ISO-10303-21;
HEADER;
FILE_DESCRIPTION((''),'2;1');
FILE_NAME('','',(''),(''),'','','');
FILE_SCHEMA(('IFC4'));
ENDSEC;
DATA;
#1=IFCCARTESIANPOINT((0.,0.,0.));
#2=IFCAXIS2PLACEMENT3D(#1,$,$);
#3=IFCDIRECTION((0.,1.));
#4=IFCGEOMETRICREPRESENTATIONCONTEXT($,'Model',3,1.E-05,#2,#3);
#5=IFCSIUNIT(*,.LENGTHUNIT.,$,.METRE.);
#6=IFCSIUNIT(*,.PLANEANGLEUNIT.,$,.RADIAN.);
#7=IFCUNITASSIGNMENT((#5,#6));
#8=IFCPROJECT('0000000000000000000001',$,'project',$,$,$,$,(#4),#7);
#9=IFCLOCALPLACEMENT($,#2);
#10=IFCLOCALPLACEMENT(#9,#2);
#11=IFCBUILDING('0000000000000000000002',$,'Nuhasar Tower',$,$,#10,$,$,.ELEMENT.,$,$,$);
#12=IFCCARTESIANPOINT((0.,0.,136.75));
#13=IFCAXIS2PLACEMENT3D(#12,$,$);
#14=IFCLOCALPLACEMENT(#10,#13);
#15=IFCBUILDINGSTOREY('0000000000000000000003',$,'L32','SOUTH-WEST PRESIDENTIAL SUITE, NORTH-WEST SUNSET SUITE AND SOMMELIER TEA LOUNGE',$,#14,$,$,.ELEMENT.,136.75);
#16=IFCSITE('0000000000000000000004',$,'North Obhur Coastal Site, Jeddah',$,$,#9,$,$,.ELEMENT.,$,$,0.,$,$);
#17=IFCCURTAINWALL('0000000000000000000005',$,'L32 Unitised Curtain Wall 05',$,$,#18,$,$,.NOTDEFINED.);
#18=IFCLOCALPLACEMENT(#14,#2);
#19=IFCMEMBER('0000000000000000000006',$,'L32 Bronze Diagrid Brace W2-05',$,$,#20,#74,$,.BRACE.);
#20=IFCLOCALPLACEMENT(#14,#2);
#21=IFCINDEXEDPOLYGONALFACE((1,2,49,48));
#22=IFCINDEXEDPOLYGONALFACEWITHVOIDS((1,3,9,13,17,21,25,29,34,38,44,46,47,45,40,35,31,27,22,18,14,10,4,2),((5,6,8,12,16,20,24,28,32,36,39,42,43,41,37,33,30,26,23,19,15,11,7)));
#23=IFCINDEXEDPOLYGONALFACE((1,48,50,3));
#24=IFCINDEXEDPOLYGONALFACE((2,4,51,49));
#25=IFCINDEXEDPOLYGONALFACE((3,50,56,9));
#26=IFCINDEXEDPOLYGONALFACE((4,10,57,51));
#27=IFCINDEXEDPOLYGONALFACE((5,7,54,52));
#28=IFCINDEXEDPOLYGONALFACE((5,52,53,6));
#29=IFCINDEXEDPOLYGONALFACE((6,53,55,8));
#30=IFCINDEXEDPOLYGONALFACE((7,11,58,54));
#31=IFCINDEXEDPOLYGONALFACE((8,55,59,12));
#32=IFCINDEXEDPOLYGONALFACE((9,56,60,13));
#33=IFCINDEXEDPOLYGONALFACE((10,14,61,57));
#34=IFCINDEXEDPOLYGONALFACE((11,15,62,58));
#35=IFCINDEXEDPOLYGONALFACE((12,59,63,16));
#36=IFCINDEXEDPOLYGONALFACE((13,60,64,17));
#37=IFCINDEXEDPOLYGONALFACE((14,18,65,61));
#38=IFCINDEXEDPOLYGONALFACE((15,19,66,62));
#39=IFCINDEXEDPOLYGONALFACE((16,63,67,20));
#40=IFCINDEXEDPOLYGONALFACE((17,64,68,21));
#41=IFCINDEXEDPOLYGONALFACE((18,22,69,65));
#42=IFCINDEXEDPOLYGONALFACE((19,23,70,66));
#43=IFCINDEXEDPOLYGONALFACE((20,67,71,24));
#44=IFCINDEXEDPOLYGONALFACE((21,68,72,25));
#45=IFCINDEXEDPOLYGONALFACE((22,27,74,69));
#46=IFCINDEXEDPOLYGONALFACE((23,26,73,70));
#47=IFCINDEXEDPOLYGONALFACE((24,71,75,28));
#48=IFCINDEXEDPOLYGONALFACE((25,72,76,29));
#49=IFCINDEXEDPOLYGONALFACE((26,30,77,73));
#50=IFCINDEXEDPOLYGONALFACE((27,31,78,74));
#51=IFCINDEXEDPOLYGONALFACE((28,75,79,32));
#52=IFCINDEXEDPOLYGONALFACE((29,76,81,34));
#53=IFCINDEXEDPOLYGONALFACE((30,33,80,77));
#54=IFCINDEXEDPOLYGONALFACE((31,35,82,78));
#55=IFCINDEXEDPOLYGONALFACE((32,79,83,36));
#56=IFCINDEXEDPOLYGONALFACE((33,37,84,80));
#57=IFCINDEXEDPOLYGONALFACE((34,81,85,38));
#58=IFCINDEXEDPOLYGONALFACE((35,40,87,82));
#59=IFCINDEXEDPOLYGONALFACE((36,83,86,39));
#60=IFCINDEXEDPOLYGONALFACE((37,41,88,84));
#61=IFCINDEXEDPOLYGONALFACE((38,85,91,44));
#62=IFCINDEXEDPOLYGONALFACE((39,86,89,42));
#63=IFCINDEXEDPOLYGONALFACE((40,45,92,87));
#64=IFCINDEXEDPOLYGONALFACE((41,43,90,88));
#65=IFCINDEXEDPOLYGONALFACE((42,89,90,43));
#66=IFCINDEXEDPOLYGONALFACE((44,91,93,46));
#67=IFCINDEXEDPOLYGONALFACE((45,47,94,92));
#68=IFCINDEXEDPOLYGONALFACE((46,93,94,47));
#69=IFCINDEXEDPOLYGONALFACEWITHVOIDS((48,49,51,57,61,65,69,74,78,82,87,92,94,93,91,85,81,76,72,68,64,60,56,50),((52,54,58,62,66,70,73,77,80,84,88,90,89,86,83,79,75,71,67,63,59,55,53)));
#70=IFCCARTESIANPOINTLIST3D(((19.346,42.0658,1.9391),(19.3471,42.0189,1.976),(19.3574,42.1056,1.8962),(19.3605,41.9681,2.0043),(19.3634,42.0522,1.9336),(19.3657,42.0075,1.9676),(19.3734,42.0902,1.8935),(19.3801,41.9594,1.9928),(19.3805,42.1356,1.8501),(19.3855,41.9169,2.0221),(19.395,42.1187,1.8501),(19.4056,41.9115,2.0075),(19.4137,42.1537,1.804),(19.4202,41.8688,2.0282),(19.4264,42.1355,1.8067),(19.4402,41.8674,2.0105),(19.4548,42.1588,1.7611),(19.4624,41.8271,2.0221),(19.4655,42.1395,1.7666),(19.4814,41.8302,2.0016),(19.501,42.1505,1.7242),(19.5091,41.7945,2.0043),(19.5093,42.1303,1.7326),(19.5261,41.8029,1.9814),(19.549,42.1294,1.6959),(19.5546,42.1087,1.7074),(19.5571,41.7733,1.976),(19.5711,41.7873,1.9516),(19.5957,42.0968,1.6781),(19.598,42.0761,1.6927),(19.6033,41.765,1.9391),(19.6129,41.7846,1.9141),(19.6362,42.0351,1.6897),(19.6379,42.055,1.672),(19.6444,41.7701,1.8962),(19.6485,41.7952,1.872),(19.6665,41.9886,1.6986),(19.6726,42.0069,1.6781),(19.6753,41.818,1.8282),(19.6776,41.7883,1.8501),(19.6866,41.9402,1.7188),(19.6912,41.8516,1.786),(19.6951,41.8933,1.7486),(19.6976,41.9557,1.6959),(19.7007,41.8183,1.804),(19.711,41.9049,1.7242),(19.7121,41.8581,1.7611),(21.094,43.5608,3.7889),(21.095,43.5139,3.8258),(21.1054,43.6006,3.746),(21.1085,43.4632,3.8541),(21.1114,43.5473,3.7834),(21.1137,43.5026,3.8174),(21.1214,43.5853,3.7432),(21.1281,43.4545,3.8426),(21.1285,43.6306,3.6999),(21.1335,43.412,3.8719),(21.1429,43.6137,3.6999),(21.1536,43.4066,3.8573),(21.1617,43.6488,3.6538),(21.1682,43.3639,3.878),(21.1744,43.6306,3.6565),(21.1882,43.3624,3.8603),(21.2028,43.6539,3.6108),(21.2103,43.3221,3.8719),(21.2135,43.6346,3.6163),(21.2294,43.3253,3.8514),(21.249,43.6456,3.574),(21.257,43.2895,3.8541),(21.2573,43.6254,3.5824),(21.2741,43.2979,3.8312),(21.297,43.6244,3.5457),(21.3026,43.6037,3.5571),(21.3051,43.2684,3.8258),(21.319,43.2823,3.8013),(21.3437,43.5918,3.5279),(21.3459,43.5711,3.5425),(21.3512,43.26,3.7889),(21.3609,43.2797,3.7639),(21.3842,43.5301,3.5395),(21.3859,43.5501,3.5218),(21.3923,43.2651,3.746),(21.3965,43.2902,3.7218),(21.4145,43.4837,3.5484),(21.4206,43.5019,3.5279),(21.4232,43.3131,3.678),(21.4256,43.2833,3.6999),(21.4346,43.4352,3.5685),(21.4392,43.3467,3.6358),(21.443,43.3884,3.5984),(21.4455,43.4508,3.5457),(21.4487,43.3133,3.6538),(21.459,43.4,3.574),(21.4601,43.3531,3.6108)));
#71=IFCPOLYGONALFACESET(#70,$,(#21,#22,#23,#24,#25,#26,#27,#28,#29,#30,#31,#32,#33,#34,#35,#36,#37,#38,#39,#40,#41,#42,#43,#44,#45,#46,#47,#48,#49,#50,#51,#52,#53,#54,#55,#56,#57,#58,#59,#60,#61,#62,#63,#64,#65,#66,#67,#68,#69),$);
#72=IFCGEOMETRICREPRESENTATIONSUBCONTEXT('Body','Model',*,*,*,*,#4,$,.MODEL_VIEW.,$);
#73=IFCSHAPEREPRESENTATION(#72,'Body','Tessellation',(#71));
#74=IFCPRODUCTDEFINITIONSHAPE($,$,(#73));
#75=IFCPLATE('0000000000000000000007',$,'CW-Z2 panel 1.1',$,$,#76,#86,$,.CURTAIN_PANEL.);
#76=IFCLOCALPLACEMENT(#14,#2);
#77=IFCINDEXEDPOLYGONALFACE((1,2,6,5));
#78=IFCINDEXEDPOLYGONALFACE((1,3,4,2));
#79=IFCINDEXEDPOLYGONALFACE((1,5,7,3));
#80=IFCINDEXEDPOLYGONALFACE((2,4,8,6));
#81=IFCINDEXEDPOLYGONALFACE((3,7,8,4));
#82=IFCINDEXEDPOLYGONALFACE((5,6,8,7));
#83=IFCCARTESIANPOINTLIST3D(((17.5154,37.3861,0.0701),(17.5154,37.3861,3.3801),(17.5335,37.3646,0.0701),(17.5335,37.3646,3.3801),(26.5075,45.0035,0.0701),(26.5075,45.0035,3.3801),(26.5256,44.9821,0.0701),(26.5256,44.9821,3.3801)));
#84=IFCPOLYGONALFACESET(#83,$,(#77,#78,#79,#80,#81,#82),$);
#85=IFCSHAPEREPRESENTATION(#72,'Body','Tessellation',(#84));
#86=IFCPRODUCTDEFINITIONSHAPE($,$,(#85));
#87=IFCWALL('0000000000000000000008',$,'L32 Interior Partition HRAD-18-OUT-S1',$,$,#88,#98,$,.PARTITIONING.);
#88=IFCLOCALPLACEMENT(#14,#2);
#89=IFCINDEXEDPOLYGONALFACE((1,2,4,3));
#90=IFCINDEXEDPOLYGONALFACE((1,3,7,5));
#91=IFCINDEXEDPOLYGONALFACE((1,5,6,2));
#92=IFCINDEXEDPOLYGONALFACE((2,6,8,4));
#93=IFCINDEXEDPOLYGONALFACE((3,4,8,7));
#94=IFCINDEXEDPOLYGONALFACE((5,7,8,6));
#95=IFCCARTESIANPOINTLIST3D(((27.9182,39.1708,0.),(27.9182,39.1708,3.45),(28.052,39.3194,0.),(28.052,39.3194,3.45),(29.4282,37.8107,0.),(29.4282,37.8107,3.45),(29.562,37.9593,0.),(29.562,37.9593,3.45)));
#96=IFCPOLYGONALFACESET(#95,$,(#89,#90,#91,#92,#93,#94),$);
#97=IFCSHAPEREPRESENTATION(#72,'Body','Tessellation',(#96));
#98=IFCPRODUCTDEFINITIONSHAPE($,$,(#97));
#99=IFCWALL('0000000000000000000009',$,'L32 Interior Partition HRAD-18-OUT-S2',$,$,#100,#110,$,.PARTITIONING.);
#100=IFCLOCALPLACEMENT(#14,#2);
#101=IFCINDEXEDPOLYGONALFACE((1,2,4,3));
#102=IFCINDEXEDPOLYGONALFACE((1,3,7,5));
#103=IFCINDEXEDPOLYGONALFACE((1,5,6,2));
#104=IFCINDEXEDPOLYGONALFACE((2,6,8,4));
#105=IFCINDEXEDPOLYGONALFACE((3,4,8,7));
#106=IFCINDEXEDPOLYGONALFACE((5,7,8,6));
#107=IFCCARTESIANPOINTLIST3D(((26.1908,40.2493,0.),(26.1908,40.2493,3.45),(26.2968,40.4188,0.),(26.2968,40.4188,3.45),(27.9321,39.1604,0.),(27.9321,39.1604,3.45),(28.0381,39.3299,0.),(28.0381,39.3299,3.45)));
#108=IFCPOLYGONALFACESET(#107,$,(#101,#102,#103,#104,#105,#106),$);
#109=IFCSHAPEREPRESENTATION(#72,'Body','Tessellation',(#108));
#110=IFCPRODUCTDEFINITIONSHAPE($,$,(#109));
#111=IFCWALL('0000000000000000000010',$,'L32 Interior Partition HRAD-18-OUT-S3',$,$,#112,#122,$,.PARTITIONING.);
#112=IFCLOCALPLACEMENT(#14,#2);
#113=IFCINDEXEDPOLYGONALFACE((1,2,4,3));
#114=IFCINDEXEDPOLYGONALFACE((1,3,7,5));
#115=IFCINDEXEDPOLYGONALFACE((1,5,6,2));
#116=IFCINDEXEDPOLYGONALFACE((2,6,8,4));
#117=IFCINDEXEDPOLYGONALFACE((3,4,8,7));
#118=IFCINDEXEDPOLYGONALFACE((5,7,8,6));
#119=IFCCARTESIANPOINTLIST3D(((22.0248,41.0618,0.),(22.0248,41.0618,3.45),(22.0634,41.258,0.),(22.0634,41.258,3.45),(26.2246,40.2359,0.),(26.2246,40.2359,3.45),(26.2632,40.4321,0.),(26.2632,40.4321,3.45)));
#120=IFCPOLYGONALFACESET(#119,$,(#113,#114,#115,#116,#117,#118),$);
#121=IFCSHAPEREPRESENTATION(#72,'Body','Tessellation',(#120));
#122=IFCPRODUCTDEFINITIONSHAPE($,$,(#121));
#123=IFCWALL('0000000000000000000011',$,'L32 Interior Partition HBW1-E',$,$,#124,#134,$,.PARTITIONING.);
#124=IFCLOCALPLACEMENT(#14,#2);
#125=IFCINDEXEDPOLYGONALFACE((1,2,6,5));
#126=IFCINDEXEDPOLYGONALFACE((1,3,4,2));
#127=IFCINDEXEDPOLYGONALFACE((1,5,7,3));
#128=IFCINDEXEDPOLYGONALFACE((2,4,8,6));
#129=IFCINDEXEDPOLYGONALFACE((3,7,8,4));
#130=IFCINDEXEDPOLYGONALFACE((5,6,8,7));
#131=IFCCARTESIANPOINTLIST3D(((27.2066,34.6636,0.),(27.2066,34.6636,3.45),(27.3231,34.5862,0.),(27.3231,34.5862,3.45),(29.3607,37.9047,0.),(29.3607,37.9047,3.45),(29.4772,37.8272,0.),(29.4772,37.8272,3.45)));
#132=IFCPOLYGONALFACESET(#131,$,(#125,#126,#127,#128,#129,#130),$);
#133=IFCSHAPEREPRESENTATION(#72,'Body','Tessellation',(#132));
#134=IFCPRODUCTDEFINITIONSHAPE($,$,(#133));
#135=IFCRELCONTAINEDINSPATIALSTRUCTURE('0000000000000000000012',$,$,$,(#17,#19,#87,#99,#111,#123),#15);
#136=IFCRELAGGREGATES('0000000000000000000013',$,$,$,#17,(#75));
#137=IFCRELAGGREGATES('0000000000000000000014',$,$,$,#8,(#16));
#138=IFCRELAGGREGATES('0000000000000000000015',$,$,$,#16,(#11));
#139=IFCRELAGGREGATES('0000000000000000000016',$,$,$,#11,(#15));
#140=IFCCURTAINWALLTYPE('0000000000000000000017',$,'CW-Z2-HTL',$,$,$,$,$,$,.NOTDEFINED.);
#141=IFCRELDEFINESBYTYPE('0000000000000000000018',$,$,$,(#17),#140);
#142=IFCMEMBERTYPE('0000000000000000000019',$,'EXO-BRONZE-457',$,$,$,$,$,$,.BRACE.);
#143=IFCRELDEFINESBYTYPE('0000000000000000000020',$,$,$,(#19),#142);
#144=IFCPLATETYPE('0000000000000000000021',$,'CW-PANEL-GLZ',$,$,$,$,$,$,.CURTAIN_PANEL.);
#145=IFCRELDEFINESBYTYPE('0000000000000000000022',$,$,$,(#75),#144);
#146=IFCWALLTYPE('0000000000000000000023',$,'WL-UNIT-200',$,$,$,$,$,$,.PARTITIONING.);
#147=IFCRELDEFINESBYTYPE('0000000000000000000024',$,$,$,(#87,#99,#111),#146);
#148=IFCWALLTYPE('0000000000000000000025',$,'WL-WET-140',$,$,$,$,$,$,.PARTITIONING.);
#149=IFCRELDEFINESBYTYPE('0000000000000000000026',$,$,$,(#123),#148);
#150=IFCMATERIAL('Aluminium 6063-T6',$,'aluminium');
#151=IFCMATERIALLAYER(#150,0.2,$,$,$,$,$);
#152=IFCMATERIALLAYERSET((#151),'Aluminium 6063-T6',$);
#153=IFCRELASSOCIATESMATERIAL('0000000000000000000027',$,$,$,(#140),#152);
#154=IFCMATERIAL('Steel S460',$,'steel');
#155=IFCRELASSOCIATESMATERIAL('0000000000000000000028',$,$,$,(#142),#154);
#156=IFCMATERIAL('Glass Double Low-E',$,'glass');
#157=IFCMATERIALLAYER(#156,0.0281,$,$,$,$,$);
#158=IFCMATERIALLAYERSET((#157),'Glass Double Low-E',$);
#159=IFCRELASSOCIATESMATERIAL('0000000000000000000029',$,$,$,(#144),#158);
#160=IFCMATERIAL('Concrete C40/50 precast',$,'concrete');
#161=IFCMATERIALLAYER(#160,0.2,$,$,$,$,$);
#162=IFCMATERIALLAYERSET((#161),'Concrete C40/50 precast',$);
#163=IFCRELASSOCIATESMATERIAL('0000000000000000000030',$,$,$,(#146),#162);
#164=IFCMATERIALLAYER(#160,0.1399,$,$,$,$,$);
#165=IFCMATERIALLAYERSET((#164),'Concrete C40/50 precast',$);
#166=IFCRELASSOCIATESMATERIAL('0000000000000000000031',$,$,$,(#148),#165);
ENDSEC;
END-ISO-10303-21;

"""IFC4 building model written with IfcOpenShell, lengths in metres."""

from ifc_helpers import new_model, si_unit, direction, frame, frame_2d, origin, origin_2d, place, context, subcontext, project, spatial, rectangle, hollow_circle, extrude, material, layer, layer_set, material_profile, profile_set, type_object, element, aggregate, save


model = new_model("IFC4")

# Units and contexts
model_context = context("Model", 3, precision=1e-05, world=origin(), true_north=direction((0.0, 1.0)))
body_context = subcontext(model_context, "Body", "Model", "MODEL_VIEW")
ifc_project = project(units=[si_unit("LENGTHUNIT", "METRE"), si_unit("PLANEANGLEUNIT", "RADIAN")], contexts=[model_context])

# Site, building, storey
site_placement = place(None, origin())
site = spatial("IfcSite", under=ifc_project, at=site_placement, Name="North Obhur Coastal Site, Jeddah", CompositionType="ELEMENT", RefElevation=0.0)
building_placement = place(site_placement, origin())
building = spatial("IfcBuilding", under=site, at=building_placement, Name="Nuhasar Tower", CompositionType="ELEMENT")
storey_placement = place(building_placement, frame((0.0, 0.0, 136.75)))
storey = spatial("IfcBuildingStorey", under=building, at=storey_placement, Name="L32", Description="SOUTH-WEST PRESIDENTIAL SUITE, NORTH-WEST SUNSET SUITE AND SOMMELIER TEA LOUNGE", CompositionType="ELEMENT", Elevation=136.75)

# Shared definitions
ifc_material_1 = material(Name="Aluminium 6063-T6", Category="aluminium")
ifc_layer_1 = layer(ifc_material_1, 0.2)
ifc_layer_set_1 = layer_set([ifc_layer_1], Name="Aluminium 6063-T6")
curtain_wall_type = type_object("IfcCurtainWallType", Name="CW-Z2-HTL", PredefinedType="NOTDEFINED", material=ifc_layer_set_1)

# Curtain wall
curtain_wall_1_placement = place(storey_placement, origin())
curtain_wall_1 = element("IfcCurtainWall", 1, at=curtain_wall_1_placement, inside=storey, type_object=curtain_wall_type, Name="L32 Unitised Curtain Wall 05", PredefinedType="NOTDEFINED")

# Member
ifc_material_2 = material(Name="Steel S460", Category="steel")
ifc_material_profile_1 = material_profile(ifc_material_2, hollow_circle(Radius=0.2285, WallThickness=0.0222, at=origin_2d()), Name="HSS457X22.2")
ifc_profile_set_1 = profile_set([ifc_material_profile_1], Name="Steel S460")
member_type_1 = type_object("IfcMemberType", Name="EXO-BRONZE-457", PredefinedType="BRACE", material=ifc_profile_set_1)
member_1_placement = place(storey_placement, frame((19.5291, 41.9619, 1.8501), z_axis=(0.592201, 0.506514, 0.626691), x_axis=(-0.649987, 0.759945, 0.0)))
element("IfcMember", 2, at=member_1_placement, inside=storey, type_object=member_type_1, Name="L32 Bronze Diagrid Brace W2-05", PredefinedType="BRACE", context=body_context, shape_type="SweptSolid", body=[
    extrude(hollow_circle(Radius=0.2285, WallThickness=0.0222, at=origin_2d()), origin(), (0.0, 0.0, 1.0), 2.9517),
])

# Plate
ifc_material_3 = material(Name="Glass Double Low-E", Category="glass")
ifc_layer_2 = layer(ifc_material_3, 0.0281)
ifc_layer_set_2 = layer_set([ifc_layer_2], Name="Glass Double Low-E")
plate_type = type_object("IfcPlateType", Name="CW-PANEL-GLZ", PredefinedType="CURTAIN_PANEL", material=ifc_layer_set_2)
plate_placement = place(storey_placement, frame((22.0205, 41.1841, 0.0701), z_axis=(0.0, 0.0, 1.0), x_axis=(-0.76302, -0.646374, 0.0)))
plate = element("IfcPlate", 3, at=plate_placement, type_object=plate_type, Name="CW-Z2 panel 1.1", PredefinedType="CURTAIN_PANEL", context=body_context, shape_type="SweptSolid", body=[
    extrude(rectangle(XDim=11.7849, YDim=0.0281, at=origin_2d()), origin(), (0.0, 0.0, 1.0), 3.3101),
])
aggregate(curtain_wall_1, [plate])

# Walls
ifc_material_4 = material(Name="Concrete C40/50 precast", Category="concrete")
ifc_layer_3 = layer(ifc_material_4, 0.2)
ifc_layer_set_3 = layer_set([ifc_layer_3], Name="Concrete C40/50 precast")
wall_type_1 = type_object("IfcWallType", Name="WL-UNIT-200", PredefinedType="PARTITIONING", material=ifc_layer_set_3)
wall_1_placement = place(storey_placement, frame((29.4951, 37.885, 0.0), z_axis=(0.0, 0.0, 1.0), x_axis=(-0.743025, 0.669263, 0.0)))
element("IfcWall", 4, at=wall_1_placement, inside=storey, type_object=wall_type_1, Name="L32 Interior Partition HRAD-18-OUT-S1", PredefinedType="PARTITIONING", context=body_context, shape_type="SweptSolid", body=[
    extrude(rectangle(XDim=2.0322, YDim=0.2, at=frame_2d((1.0161, 0.0))), origin(), (0.0, 0.0, 1.0), 3.45),
])
wall_2_placement = place(storey_placement, frame((27.9851, 39.2451, 0.0), z_axis=(0.0, 0.0, 1.0), x_axis=(-0.847865, 0.530213, 0.0)))
element("IfcWall", 5, at=wall_2_placement, inside=storey, type_object=wall_type_1, Name="L32 Interior Partition HRAD-18-OUT-S2", PredefinedType="PARTITIONING", context=body_context, shape_type="SweptSolid", body=[
    extrude(rectangle(XDim=2.0537, YDim=0.2, at=frame_2d((1.0269, 0.0))), origin(), (0.0, 0.0, 1.0), 3.45),
])
wall_3_placement = place(storey_placement, frame((26.2439, 40.334, 0.0), z_axis=(0.0, 0.0, 1.0), x_axis=(-0.981207, 0.192956, 0.0)))
element("IfcWall", 6, at=wall_3_placement, inside=storey, type_object=wall_type_1, Name="L32 Interior Partition HRAD-18-OUT-S3", PredefinedType="PARTITIONING", context=body_context, shape_type="SweptSolid", body=[
    extrude(rectangle(XDim=4.2803, YDim=0.2, at=frame_2d((2.1401, 0.0))), origin(), (0.0, 0.0, 1.0), 3.45),
])
ifc_layer_4 = layer(ifc_material_4, 0.1399)
ifc_layer_set_4 = layer_set([ifc_layer_4], Name="Concrete C40/50 precast")
wall_type_2 = type_object("IfcWallType", Name="WL-WET-140", PredefinedType="PARTITIONING", material=ifc_layer_set_4)
wall_4_placement = place(storey_placement, frame((29.4189, 37.866, 0.0), z_axis=(0.0, 0.0, 1.0), x_axis=(-0.553527, -0.832831, 0.0)))
element("IfcWall", 7, at=wall_4_placement, inside=storey, type_object=wall_type_2, Name="L32 Interior Partition HBW1-E", PredefinedType="PARTITIONING", context=body_context, shape_type="SweptSolid", body=[
    extrude(rectangle(XDim=3.8916, YDim=0.1399, at=frame_2d((1.9458, 0.0))), origin(), (0.0, 0.0, 1.0), 3.45),
])

save(model, "model.ifc")
